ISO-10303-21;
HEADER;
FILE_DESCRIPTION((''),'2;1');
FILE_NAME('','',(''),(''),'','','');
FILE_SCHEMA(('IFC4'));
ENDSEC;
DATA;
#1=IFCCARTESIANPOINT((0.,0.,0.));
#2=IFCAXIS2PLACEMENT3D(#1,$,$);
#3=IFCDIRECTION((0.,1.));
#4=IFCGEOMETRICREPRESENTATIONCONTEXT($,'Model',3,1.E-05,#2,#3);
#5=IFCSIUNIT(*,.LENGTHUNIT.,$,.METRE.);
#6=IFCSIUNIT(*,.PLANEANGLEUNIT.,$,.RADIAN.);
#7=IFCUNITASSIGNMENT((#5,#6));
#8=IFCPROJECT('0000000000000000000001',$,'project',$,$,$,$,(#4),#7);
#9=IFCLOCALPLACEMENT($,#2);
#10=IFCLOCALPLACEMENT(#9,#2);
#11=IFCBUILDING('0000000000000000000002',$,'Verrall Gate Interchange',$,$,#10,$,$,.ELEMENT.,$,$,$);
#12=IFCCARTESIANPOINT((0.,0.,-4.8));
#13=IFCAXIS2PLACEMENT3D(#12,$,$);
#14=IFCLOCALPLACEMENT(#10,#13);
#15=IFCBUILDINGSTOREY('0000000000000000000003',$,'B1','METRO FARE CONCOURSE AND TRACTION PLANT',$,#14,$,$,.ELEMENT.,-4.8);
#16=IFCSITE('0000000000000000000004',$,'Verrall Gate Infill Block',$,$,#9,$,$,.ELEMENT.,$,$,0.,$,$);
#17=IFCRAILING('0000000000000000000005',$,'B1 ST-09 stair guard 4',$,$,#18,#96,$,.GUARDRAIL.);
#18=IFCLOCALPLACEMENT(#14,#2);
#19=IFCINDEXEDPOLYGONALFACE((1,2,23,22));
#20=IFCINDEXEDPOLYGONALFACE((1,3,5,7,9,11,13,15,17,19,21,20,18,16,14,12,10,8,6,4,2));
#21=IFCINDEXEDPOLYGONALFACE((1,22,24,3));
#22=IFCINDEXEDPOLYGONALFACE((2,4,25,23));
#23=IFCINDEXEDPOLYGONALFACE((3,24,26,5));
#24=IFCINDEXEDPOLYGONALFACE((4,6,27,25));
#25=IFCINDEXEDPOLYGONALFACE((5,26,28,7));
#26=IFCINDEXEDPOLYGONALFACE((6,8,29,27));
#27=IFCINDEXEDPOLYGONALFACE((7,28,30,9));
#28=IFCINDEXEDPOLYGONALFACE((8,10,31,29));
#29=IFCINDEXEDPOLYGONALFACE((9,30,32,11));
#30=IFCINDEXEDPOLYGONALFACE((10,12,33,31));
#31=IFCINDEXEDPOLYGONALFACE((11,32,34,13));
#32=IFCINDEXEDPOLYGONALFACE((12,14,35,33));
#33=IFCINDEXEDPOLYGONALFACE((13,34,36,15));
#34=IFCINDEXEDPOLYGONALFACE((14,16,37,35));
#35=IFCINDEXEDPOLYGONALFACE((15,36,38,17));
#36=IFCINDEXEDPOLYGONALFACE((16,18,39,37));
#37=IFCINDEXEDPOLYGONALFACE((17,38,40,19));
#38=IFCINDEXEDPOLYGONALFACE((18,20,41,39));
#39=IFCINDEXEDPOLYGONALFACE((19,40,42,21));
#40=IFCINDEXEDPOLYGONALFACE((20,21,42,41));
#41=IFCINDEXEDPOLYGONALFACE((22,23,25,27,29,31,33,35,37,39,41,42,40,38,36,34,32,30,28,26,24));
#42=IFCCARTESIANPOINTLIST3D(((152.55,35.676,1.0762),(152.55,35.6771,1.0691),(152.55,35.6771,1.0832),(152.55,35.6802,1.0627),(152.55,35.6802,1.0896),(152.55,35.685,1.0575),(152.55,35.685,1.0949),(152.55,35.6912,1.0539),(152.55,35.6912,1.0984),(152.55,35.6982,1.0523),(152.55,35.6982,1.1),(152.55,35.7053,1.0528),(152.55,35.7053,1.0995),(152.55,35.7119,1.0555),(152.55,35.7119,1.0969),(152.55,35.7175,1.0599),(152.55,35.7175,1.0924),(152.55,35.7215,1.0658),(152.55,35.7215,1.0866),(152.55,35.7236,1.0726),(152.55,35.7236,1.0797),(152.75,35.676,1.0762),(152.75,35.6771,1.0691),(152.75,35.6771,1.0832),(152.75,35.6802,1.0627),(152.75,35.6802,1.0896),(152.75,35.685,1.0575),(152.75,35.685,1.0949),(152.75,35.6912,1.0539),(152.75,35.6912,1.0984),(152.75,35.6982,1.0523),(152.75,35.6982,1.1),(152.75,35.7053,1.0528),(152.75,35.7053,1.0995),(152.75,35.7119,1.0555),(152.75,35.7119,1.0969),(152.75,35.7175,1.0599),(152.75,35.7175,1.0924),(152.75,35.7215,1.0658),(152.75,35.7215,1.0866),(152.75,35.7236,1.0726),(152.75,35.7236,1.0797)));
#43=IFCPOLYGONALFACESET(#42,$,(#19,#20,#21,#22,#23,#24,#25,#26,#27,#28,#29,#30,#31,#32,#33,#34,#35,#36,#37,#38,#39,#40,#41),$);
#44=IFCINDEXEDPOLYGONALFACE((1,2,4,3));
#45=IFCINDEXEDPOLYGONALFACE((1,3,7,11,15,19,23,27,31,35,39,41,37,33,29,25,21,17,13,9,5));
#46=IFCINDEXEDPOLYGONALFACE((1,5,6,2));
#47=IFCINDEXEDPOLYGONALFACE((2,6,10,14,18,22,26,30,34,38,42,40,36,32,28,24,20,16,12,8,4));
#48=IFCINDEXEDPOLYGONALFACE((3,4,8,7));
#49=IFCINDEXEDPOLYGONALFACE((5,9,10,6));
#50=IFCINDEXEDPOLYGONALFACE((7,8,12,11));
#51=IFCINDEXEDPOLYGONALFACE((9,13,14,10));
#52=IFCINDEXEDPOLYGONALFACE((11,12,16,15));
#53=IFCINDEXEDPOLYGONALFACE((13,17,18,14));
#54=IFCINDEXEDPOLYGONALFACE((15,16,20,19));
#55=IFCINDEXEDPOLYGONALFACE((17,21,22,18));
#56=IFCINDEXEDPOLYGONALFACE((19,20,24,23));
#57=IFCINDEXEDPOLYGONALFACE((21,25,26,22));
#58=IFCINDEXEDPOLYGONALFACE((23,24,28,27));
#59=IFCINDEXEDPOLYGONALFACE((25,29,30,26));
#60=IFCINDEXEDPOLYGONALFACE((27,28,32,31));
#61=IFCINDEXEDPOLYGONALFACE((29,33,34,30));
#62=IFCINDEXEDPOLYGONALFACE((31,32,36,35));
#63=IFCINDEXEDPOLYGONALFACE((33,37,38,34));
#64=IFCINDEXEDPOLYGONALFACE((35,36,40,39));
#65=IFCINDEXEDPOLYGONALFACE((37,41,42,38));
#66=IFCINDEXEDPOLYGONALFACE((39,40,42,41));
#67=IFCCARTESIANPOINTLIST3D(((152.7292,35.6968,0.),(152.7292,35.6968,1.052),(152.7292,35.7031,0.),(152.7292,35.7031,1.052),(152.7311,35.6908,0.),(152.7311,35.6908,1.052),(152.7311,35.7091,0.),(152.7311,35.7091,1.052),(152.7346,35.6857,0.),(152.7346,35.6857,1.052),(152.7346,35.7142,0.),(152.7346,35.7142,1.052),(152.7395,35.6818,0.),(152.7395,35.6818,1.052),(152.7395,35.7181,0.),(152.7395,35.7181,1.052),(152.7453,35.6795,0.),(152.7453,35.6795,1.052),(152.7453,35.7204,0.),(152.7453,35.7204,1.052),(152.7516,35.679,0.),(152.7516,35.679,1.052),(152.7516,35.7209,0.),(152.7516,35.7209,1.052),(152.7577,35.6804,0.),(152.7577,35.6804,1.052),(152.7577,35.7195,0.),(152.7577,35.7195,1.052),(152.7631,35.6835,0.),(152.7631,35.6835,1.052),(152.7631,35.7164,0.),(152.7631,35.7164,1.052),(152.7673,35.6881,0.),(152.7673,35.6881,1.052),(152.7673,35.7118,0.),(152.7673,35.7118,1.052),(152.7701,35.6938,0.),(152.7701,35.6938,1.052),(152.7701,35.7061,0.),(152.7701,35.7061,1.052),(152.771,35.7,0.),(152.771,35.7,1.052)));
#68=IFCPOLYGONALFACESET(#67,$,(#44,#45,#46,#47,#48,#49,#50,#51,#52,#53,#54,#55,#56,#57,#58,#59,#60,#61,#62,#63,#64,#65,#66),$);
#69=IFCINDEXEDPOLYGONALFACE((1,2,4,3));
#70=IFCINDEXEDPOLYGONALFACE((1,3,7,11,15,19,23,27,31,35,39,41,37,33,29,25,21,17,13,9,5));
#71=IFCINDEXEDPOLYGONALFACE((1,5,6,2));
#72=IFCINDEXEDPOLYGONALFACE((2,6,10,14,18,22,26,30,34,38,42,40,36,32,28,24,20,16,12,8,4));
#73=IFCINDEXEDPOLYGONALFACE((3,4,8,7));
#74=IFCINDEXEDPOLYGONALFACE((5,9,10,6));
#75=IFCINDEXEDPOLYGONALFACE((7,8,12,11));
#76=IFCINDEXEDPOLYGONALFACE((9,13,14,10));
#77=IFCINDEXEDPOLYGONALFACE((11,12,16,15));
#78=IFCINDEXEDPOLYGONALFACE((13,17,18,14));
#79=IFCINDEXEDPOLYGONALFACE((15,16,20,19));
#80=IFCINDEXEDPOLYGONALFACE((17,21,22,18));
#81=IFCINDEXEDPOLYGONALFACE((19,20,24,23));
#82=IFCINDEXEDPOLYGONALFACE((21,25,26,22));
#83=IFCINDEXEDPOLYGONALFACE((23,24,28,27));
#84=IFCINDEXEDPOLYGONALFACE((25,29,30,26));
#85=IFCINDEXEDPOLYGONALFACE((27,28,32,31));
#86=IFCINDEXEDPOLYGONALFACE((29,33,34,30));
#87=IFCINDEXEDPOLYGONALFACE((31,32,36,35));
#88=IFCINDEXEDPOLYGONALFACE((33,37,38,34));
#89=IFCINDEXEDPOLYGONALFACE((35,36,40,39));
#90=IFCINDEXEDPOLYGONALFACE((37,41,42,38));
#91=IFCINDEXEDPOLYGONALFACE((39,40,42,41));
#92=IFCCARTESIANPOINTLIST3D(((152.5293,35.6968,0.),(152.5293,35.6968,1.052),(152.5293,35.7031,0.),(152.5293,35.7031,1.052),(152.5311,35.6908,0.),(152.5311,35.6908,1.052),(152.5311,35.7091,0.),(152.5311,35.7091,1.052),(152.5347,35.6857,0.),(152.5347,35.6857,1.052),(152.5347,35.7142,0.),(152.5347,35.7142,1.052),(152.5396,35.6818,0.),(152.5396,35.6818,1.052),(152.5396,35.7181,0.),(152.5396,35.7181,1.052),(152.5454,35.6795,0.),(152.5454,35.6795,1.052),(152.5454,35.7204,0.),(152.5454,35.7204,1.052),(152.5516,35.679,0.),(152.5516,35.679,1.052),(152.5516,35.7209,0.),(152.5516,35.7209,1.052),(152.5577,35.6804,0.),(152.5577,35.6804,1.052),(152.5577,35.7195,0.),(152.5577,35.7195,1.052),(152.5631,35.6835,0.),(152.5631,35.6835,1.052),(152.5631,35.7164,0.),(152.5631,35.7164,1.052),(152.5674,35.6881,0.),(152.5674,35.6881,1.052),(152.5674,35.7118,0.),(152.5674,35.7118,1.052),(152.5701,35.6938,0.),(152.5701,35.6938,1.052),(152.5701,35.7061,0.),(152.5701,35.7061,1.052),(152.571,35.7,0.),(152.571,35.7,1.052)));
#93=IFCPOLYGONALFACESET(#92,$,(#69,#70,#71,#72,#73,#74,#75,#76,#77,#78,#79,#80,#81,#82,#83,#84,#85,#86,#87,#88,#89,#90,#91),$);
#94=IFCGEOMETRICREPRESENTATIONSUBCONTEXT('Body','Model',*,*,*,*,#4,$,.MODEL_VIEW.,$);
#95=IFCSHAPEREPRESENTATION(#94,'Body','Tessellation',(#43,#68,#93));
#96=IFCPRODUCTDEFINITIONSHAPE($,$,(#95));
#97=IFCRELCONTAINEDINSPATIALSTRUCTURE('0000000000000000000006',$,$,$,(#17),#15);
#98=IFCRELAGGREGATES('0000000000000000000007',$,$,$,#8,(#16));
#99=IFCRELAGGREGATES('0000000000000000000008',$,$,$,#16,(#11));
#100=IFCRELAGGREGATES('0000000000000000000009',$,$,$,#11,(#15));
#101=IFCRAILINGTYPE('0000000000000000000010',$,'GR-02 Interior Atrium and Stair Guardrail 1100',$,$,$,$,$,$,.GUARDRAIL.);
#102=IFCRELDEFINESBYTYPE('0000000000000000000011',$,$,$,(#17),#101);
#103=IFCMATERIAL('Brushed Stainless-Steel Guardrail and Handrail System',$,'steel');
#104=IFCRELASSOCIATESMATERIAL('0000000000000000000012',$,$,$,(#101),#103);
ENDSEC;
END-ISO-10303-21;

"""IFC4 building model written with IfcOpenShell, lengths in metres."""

from ifc_helpers import new_model, si_unit, direction, frame, origin, origin_2d, place, context, subcontext, project, spatial, circle, extrude, material, type_object, element, save


model = new_model("IFC4")

# Units and contexts
model_context = context("Model", 3, precision=1e-05, world=origin(), true_north=direction((0.0, 1.0)))
body_context = subcontext(model_context, "Body", "Model", "MODEL_VIEW")
ifc_project = project(units=[si_unit("LENGTHUNIT", "METRE"), si_unit("PLANEANGLEUNIT", "RADIAN")], contexts=[model_context])

# Site, building, storey
site_placement = place(None, origin())
site = spatial("IfcSite", under=ifc_project, at=site_placement, Name="Verrall Gate Infill Block", CompositionType="ELEMENT", RefElevation=0.0)
building_placement = place(site_placement, origin())
building = spatial("IfcBuilding", under=site, at=building_placement, Name="Verrall Gate Interchange", CompositionType="ELEMENT")
storey_placement = place(building_placement, frame((0.0, 0.0, -4.8)))
storey = spatial("IfcBuildingStorey", under=building, at=storey_placement, Name="B1", Description="METRO FARE CONCOURSE AND TRACTION PLANT", CompositionType="ELEMENT", Elevation=-4.8)

# Railing
ifc_material_1 = material(Name="Brushed Stainless-Steel Guardrail and Handrail System", Category="steel")
railing_type_1 = type_object("IfcRailingType", Name="GR-02 Interior Atrium and Stair Guardrail 1100", PredefinedType="GUARDRAIL", material=ifc_material_1)
railing_1_placement = place(storey_placement, frame((152.75, 35.7, 0.0)))
element("IfcRailing", 1, at=railing_1_placement, inside=storey, type_object=railing_type_1, Name="B1 ST-09 stair guard 4", PredefinedType="GUARDRAIL", context=body_context, shape_type="SweptSolid", body=[
    extrude(circle(Radius=0.0239, at=origin_2d()), frame((0.0, 0.0, 1.0762), z_axis=(-1.0, 0.0, 0.0), x_axis=(0.0, -1.0, 0.0)), (0.0, 0.0, 1.0), 0.2),
    extrude(circle(Radius=0.021, at=origin_2d()), origin(), (0.0, 0.0, 1.0), 1.052),
    extrude(circle(Radius=0.021, at=origin_2d()), frame((-0.2, 0.0, 0.0)), (0.0, 0.0, 1.0), 1.052),
])

save(model, "model.ifc")
